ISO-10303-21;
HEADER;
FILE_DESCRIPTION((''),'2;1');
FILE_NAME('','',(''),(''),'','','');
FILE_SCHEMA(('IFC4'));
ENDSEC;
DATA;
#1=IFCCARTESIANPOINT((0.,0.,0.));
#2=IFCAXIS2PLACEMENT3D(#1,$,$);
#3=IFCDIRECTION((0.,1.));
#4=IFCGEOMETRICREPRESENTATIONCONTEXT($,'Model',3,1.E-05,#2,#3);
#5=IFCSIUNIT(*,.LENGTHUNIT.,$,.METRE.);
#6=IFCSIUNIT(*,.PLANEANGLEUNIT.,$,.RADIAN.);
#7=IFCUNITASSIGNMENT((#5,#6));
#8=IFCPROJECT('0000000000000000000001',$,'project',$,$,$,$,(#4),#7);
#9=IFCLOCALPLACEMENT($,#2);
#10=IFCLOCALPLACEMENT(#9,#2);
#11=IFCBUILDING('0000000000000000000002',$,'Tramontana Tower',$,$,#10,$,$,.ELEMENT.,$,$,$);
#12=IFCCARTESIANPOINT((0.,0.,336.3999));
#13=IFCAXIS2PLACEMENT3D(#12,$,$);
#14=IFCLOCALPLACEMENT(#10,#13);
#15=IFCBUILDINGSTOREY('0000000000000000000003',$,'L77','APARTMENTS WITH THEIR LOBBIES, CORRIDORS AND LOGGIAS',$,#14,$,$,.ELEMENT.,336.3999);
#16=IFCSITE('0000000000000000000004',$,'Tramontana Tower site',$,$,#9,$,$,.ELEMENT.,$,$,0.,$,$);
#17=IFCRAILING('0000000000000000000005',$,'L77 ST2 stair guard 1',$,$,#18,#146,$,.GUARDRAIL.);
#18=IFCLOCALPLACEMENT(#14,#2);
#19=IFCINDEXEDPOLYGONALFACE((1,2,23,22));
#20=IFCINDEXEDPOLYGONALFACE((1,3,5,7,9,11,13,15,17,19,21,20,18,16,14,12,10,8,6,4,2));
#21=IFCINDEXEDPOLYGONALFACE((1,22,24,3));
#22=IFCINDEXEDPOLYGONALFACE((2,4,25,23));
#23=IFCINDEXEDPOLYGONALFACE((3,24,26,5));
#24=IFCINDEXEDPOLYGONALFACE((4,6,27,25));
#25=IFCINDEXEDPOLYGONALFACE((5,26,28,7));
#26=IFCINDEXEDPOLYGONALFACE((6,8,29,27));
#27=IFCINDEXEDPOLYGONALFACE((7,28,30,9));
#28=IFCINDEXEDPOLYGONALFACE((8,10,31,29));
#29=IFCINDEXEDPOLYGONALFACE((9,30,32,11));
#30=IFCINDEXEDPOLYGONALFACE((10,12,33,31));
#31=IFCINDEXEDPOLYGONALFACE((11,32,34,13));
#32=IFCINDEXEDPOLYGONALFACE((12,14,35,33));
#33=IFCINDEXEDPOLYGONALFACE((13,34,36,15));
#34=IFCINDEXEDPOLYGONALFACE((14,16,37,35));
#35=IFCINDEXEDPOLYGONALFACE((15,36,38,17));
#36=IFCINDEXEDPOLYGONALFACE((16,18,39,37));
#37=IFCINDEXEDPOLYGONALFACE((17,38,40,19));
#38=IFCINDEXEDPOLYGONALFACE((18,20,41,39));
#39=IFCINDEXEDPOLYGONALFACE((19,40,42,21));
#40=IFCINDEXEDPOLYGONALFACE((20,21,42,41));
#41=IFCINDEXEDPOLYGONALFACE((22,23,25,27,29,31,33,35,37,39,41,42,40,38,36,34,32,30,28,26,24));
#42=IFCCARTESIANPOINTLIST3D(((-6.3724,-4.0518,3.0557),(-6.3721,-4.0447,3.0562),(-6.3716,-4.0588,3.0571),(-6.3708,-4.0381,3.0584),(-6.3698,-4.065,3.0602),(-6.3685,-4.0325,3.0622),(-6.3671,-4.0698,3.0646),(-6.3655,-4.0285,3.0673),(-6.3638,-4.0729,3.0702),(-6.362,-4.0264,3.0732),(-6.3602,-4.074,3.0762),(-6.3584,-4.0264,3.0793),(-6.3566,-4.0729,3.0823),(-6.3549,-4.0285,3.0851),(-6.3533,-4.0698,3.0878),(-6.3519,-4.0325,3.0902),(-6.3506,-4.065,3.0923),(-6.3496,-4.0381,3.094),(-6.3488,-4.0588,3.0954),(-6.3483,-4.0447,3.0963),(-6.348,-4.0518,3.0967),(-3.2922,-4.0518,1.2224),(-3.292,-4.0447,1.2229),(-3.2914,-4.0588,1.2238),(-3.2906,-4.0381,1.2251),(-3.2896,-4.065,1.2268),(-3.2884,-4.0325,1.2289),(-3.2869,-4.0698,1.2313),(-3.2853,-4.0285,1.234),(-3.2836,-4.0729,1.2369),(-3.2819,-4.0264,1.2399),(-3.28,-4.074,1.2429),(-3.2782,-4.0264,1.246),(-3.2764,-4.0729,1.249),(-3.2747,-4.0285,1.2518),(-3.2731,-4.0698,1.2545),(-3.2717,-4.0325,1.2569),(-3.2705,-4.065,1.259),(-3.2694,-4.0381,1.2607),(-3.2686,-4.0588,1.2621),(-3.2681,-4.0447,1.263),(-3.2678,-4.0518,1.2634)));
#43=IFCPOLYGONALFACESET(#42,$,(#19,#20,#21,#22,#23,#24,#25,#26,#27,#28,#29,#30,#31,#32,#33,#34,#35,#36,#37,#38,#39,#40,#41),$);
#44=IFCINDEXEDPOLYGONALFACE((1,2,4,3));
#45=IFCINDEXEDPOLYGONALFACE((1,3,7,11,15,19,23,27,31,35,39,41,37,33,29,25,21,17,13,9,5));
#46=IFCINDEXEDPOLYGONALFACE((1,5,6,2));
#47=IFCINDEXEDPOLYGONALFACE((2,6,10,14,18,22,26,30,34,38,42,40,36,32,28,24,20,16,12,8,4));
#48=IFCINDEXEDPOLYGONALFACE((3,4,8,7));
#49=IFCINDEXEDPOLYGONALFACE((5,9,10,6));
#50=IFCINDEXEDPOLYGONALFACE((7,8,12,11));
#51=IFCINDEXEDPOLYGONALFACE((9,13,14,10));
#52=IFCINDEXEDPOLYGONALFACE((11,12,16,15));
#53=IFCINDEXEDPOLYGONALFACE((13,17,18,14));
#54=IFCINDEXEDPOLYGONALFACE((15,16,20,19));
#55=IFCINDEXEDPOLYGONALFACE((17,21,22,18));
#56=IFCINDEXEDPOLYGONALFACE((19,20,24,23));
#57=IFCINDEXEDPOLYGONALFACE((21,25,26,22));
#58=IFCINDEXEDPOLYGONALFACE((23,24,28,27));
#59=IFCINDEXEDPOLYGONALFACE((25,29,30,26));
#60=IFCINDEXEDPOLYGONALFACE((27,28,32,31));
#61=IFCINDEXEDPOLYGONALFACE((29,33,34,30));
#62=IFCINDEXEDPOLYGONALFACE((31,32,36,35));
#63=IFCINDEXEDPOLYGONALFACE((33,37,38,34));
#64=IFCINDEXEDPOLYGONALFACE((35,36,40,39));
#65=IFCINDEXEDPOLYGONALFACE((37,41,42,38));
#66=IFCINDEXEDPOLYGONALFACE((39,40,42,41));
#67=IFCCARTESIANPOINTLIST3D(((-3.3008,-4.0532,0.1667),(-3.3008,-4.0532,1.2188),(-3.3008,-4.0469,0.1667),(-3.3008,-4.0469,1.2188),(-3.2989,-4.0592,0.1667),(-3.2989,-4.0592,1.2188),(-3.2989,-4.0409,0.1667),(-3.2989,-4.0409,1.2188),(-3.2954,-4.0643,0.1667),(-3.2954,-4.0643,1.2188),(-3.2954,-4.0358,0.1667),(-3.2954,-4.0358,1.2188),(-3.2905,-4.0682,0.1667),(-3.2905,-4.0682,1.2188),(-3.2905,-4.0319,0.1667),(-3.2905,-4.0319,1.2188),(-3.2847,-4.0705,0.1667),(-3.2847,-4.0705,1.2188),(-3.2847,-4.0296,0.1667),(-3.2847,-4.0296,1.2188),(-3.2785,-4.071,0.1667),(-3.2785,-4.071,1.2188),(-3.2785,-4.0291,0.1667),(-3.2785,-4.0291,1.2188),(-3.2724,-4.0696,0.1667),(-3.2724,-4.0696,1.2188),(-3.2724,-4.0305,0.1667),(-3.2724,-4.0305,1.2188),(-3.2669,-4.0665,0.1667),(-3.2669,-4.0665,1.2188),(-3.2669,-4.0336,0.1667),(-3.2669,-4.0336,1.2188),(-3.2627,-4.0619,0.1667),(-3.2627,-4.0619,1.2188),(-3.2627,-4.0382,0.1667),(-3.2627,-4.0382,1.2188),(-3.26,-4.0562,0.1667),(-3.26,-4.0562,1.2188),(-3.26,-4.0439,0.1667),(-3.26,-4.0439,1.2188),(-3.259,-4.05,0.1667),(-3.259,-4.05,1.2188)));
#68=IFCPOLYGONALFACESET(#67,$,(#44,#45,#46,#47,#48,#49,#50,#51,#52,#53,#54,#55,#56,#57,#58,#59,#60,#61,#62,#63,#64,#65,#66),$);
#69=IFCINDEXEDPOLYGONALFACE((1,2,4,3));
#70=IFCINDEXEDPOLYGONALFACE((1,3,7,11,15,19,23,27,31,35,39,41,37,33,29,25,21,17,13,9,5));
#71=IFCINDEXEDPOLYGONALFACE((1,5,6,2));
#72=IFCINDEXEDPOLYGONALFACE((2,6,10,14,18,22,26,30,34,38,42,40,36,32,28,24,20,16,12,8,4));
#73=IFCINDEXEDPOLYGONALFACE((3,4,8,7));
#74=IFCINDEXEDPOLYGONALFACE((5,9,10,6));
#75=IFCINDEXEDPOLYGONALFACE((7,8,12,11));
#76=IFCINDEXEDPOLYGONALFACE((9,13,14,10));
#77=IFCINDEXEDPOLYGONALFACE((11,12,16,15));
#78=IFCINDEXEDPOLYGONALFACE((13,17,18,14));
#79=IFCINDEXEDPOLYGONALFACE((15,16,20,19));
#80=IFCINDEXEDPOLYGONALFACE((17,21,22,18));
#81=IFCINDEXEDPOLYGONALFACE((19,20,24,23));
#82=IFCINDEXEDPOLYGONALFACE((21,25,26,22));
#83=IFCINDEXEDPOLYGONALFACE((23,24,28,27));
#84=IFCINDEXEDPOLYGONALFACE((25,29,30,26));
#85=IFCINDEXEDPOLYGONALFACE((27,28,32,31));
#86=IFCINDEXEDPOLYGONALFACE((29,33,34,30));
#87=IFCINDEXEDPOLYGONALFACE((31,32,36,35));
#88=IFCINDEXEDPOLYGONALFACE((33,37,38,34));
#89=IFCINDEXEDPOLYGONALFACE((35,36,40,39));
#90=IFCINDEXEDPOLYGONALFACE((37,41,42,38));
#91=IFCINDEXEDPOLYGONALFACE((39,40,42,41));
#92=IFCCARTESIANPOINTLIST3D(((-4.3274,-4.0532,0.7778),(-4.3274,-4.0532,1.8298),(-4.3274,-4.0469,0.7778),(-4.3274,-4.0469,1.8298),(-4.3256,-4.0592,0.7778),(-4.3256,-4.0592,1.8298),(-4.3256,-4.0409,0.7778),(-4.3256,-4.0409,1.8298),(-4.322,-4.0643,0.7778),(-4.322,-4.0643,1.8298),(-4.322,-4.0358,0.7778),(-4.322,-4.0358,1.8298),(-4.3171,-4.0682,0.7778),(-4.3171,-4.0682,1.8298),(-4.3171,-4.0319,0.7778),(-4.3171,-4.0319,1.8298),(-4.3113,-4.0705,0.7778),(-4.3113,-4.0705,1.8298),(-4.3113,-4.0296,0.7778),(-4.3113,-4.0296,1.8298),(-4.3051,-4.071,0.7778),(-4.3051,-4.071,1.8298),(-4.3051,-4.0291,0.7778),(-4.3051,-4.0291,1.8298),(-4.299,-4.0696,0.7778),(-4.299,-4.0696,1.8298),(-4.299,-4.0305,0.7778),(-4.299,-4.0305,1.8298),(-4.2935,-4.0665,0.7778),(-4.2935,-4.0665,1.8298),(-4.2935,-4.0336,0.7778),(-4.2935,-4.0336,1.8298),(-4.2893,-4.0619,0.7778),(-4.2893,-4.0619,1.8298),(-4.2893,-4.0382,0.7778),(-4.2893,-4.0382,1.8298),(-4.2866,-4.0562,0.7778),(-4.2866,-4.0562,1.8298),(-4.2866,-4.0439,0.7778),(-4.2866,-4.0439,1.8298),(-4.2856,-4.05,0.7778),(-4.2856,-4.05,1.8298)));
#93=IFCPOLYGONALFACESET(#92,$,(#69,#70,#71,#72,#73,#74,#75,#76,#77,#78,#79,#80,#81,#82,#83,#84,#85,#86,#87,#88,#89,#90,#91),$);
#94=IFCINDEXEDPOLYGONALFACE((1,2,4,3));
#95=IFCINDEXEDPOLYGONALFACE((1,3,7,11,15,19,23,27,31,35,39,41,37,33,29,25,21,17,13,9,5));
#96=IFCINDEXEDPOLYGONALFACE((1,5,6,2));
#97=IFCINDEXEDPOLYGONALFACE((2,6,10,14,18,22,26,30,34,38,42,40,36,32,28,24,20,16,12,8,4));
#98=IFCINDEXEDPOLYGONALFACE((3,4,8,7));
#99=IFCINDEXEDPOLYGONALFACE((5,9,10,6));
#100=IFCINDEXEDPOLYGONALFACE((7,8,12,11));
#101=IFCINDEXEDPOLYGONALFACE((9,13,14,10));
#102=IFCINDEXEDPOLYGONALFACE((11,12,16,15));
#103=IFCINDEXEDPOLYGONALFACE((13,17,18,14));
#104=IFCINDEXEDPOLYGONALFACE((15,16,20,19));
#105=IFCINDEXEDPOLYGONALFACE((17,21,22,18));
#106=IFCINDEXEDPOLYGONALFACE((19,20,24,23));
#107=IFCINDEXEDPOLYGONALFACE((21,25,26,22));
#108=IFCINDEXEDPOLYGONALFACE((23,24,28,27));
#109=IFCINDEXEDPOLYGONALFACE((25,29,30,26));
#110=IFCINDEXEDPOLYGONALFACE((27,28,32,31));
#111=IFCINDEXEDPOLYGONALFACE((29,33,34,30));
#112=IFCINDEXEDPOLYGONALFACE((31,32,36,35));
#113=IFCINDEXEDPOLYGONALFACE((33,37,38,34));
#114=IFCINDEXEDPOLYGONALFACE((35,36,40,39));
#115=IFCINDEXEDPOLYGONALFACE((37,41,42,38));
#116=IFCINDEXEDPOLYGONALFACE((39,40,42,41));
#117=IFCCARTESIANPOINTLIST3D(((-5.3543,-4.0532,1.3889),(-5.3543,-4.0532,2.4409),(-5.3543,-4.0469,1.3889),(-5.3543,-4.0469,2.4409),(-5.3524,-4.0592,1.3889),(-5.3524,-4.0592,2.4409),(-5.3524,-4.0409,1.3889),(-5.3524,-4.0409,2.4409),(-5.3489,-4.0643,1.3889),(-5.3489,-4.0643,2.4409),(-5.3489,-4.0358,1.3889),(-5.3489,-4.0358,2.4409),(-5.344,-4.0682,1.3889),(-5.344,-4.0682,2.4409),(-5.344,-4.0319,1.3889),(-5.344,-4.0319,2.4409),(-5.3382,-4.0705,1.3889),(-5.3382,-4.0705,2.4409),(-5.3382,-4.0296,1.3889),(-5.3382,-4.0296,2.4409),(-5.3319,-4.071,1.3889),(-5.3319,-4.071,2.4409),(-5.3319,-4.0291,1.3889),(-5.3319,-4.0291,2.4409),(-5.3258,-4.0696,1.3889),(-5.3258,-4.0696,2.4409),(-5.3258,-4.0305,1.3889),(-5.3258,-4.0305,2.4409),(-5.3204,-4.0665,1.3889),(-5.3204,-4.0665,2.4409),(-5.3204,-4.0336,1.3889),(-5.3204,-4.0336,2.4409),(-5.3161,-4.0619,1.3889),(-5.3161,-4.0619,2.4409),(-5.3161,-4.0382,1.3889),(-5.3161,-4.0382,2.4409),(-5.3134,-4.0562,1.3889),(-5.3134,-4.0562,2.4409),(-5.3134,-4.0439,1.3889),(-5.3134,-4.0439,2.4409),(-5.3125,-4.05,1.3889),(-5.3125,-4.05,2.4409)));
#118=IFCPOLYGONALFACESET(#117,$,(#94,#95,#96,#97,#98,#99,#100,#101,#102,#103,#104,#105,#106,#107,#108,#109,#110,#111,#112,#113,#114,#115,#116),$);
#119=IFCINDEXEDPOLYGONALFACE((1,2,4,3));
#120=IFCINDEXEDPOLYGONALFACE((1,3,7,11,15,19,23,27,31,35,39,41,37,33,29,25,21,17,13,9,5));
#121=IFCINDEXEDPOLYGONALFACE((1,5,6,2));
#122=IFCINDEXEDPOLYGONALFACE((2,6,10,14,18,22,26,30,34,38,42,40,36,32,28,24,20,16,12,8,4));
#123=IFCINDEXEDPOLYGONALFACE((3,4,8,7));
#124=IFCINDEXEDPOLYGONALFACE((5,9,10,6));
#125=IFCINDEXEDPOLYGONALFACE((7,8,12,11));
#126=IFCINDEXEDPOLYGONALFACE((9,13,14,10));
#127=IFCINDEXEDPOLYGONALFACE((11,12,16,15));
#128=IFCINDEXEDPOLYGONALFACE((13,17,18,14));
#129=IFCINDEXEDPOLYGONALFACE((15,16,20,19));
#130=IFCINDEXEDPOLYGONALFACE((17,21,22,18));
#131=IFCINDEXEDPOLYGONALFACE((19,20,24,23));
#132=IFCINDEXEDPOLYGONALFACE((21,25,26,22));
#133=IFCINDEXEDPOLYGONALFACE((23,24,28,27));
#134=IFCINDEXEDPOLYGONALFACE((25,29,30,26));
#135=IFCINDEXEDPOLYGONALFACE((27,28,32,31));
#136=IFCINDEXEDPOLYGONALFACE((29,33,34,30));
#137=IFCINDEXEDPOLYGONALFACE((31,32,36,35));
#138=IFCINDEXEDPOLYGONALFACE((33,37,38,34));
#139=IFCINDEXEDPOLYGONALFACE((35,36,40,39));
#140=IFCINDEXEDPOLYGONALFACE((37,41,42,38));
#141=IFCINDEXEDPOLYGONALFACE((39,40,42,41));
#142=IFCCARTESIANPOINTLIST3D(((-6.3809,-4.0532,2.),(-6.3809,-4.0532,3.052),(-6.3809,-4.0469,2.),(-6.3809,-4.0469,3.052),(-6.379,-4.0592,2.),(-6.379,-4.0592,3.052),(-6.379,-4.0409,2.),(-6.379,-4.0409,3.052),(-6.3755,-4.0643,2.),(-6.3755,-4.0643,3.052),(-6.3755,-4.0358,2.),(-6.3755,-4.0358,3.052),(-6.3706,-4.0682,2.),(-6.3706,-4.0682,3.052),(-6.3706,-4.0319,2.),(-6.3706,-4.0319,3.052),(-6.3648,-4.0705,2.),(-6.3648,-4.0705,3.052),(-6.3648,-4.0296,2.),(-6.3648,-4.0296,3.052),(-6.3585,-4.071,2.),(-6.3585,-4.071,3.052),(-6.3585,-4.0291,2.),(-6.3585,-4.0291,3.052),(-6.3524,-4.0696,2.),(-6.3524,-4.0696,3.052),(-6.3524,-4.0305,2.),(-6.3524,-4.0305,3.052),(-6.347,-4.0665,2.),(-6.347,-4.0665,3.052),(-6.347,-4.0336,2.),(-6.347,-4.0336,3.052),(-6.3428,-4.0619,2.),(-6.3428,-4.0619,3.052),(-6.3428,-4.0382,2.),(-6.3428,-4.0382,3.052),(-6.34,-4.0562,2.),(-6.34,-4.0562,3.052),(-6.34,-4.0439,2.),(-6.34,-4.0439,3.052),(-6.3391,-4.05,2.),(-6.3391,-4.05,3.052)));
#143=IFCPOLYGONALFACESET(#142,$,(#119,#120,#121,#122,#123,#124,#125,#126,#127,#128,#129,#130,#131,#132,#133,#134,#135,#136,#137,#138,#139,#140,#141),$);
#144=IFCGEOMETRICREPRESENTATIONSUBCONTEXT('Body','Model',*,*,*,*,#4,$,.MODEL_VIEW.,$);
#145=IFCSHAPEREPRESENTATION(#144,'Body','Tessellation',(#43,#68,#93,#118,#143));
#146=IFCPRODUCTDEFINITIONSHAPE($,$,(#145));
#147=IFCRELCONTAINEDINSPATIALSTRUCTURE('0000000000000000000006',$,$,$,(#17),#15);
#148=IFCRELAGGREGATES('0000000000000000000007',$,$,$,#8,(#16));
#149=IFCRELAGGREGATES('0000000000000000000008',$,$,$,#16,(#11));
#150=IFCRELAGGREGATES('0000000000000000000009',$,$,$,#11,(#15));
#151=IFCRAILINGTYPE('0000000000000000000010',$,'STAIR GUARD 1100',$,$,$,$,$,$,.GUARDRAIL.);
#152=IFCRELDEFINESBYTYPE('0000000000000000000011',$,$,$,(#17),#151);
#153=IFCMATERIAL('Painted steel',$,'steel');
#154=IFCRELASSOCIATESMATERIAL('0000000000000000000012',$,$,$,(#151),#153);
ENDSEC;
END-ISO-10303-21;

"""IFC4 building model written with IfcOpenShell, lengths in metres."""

from ifc_helpers import new_model, si_unit, direction, frame, origin, origin_2d, place, context, subcontext, project, spatial, circle, extrude, material, type_object, element, save


model = new_model("IFC4")

# Units and contexts
model_context = context("Model", 3, precision=1e-05, world=origin(), true_north=direction((0.0, 1.0)))
body_context = subcontext(model_context, "Body", "Model", "MODEL_VIEW")
ifc_project = project(units=[si_unit("LENGTHUNIT", "METRE"), si_unit("PLANEANGLEUNIT", "RADIAN")], contexts=[model_context])

# Site, building, storey
site_placement = place(None, origin())
site = spatial("IfcSite", under=ifc_project, at=site_placement, Name="Tramontana Tower site", CompositionType="ELEMENT", RefElevation=0.0)
building_placement = place(site_placement, origin())
building = spatial("IfcBuilding", under=site, at=building_placement, Name="Tramontana Tower", CompositionType="ELEMENT")
storey_placement = place(building_placement, frame((0.0, 0.0, 336.3999)))
storey = spatial("IfcBuildingStorey", under=building, at=storey_placement, Name="L77", Description="APARTMENTS WITH THEIR LOBBIES, CORRIDORS AND LOGGIAS", CompositionType="ELEMENT", Elevation=336.3999)

# Railing
ifc_material_1 = material(Name="Painted steel", Category="steel")
railing_type_1 = type_object("IfcRailingType", Name="STAIR GUARD 1100", PredefinedType="GUARDRAIL", material=ifc_material_1)
railing_1_placement = place(storey_placement, frame((-3.28, -4.05, 0.1667)))
element("IfcRailing", 1, at=railing_1_placement, inside=storey, type_object=railing_type_1, Name="L77 ST2 stair guard 1", PredefinedType="GUARDRAIL", context=body_context, shape_type="SweptSolid", body=[
    extrude(circle(Radius=0.0239, at=origin_2d()), frame((0.0, 0.0, 1.0762), z_axis=(-0.859309, 0.0, 0.511458), x_axis=(0.0, -1.0, 0.0)), (0.0, 0.0, 1.0), 3.5845),
    extrude(circle(Radius=0.021, at=origin_2d()), origin(), (0.0, 0.0, 1.0), 1.052),
    extrude(circle(Radius=0.021, at=origin_2d()), frame((-1.0266, 0.0, 0.6111)), (0.0, 0.0, 1.0), 1.052),
    extrude(circle(Radius=0.021, at=origin_2d()), frame((-2.0535, 0.0, 1.2222)), (0.0, 0.0, 1.0), 1.052),
    extrude(circle(Radius=0.021, at=origin_2d()), frame((-3.0801, 0.0, 1.8333)), (0.0, 0.0, 1.0), 1.052),
])

save(model, "model.ifc")
